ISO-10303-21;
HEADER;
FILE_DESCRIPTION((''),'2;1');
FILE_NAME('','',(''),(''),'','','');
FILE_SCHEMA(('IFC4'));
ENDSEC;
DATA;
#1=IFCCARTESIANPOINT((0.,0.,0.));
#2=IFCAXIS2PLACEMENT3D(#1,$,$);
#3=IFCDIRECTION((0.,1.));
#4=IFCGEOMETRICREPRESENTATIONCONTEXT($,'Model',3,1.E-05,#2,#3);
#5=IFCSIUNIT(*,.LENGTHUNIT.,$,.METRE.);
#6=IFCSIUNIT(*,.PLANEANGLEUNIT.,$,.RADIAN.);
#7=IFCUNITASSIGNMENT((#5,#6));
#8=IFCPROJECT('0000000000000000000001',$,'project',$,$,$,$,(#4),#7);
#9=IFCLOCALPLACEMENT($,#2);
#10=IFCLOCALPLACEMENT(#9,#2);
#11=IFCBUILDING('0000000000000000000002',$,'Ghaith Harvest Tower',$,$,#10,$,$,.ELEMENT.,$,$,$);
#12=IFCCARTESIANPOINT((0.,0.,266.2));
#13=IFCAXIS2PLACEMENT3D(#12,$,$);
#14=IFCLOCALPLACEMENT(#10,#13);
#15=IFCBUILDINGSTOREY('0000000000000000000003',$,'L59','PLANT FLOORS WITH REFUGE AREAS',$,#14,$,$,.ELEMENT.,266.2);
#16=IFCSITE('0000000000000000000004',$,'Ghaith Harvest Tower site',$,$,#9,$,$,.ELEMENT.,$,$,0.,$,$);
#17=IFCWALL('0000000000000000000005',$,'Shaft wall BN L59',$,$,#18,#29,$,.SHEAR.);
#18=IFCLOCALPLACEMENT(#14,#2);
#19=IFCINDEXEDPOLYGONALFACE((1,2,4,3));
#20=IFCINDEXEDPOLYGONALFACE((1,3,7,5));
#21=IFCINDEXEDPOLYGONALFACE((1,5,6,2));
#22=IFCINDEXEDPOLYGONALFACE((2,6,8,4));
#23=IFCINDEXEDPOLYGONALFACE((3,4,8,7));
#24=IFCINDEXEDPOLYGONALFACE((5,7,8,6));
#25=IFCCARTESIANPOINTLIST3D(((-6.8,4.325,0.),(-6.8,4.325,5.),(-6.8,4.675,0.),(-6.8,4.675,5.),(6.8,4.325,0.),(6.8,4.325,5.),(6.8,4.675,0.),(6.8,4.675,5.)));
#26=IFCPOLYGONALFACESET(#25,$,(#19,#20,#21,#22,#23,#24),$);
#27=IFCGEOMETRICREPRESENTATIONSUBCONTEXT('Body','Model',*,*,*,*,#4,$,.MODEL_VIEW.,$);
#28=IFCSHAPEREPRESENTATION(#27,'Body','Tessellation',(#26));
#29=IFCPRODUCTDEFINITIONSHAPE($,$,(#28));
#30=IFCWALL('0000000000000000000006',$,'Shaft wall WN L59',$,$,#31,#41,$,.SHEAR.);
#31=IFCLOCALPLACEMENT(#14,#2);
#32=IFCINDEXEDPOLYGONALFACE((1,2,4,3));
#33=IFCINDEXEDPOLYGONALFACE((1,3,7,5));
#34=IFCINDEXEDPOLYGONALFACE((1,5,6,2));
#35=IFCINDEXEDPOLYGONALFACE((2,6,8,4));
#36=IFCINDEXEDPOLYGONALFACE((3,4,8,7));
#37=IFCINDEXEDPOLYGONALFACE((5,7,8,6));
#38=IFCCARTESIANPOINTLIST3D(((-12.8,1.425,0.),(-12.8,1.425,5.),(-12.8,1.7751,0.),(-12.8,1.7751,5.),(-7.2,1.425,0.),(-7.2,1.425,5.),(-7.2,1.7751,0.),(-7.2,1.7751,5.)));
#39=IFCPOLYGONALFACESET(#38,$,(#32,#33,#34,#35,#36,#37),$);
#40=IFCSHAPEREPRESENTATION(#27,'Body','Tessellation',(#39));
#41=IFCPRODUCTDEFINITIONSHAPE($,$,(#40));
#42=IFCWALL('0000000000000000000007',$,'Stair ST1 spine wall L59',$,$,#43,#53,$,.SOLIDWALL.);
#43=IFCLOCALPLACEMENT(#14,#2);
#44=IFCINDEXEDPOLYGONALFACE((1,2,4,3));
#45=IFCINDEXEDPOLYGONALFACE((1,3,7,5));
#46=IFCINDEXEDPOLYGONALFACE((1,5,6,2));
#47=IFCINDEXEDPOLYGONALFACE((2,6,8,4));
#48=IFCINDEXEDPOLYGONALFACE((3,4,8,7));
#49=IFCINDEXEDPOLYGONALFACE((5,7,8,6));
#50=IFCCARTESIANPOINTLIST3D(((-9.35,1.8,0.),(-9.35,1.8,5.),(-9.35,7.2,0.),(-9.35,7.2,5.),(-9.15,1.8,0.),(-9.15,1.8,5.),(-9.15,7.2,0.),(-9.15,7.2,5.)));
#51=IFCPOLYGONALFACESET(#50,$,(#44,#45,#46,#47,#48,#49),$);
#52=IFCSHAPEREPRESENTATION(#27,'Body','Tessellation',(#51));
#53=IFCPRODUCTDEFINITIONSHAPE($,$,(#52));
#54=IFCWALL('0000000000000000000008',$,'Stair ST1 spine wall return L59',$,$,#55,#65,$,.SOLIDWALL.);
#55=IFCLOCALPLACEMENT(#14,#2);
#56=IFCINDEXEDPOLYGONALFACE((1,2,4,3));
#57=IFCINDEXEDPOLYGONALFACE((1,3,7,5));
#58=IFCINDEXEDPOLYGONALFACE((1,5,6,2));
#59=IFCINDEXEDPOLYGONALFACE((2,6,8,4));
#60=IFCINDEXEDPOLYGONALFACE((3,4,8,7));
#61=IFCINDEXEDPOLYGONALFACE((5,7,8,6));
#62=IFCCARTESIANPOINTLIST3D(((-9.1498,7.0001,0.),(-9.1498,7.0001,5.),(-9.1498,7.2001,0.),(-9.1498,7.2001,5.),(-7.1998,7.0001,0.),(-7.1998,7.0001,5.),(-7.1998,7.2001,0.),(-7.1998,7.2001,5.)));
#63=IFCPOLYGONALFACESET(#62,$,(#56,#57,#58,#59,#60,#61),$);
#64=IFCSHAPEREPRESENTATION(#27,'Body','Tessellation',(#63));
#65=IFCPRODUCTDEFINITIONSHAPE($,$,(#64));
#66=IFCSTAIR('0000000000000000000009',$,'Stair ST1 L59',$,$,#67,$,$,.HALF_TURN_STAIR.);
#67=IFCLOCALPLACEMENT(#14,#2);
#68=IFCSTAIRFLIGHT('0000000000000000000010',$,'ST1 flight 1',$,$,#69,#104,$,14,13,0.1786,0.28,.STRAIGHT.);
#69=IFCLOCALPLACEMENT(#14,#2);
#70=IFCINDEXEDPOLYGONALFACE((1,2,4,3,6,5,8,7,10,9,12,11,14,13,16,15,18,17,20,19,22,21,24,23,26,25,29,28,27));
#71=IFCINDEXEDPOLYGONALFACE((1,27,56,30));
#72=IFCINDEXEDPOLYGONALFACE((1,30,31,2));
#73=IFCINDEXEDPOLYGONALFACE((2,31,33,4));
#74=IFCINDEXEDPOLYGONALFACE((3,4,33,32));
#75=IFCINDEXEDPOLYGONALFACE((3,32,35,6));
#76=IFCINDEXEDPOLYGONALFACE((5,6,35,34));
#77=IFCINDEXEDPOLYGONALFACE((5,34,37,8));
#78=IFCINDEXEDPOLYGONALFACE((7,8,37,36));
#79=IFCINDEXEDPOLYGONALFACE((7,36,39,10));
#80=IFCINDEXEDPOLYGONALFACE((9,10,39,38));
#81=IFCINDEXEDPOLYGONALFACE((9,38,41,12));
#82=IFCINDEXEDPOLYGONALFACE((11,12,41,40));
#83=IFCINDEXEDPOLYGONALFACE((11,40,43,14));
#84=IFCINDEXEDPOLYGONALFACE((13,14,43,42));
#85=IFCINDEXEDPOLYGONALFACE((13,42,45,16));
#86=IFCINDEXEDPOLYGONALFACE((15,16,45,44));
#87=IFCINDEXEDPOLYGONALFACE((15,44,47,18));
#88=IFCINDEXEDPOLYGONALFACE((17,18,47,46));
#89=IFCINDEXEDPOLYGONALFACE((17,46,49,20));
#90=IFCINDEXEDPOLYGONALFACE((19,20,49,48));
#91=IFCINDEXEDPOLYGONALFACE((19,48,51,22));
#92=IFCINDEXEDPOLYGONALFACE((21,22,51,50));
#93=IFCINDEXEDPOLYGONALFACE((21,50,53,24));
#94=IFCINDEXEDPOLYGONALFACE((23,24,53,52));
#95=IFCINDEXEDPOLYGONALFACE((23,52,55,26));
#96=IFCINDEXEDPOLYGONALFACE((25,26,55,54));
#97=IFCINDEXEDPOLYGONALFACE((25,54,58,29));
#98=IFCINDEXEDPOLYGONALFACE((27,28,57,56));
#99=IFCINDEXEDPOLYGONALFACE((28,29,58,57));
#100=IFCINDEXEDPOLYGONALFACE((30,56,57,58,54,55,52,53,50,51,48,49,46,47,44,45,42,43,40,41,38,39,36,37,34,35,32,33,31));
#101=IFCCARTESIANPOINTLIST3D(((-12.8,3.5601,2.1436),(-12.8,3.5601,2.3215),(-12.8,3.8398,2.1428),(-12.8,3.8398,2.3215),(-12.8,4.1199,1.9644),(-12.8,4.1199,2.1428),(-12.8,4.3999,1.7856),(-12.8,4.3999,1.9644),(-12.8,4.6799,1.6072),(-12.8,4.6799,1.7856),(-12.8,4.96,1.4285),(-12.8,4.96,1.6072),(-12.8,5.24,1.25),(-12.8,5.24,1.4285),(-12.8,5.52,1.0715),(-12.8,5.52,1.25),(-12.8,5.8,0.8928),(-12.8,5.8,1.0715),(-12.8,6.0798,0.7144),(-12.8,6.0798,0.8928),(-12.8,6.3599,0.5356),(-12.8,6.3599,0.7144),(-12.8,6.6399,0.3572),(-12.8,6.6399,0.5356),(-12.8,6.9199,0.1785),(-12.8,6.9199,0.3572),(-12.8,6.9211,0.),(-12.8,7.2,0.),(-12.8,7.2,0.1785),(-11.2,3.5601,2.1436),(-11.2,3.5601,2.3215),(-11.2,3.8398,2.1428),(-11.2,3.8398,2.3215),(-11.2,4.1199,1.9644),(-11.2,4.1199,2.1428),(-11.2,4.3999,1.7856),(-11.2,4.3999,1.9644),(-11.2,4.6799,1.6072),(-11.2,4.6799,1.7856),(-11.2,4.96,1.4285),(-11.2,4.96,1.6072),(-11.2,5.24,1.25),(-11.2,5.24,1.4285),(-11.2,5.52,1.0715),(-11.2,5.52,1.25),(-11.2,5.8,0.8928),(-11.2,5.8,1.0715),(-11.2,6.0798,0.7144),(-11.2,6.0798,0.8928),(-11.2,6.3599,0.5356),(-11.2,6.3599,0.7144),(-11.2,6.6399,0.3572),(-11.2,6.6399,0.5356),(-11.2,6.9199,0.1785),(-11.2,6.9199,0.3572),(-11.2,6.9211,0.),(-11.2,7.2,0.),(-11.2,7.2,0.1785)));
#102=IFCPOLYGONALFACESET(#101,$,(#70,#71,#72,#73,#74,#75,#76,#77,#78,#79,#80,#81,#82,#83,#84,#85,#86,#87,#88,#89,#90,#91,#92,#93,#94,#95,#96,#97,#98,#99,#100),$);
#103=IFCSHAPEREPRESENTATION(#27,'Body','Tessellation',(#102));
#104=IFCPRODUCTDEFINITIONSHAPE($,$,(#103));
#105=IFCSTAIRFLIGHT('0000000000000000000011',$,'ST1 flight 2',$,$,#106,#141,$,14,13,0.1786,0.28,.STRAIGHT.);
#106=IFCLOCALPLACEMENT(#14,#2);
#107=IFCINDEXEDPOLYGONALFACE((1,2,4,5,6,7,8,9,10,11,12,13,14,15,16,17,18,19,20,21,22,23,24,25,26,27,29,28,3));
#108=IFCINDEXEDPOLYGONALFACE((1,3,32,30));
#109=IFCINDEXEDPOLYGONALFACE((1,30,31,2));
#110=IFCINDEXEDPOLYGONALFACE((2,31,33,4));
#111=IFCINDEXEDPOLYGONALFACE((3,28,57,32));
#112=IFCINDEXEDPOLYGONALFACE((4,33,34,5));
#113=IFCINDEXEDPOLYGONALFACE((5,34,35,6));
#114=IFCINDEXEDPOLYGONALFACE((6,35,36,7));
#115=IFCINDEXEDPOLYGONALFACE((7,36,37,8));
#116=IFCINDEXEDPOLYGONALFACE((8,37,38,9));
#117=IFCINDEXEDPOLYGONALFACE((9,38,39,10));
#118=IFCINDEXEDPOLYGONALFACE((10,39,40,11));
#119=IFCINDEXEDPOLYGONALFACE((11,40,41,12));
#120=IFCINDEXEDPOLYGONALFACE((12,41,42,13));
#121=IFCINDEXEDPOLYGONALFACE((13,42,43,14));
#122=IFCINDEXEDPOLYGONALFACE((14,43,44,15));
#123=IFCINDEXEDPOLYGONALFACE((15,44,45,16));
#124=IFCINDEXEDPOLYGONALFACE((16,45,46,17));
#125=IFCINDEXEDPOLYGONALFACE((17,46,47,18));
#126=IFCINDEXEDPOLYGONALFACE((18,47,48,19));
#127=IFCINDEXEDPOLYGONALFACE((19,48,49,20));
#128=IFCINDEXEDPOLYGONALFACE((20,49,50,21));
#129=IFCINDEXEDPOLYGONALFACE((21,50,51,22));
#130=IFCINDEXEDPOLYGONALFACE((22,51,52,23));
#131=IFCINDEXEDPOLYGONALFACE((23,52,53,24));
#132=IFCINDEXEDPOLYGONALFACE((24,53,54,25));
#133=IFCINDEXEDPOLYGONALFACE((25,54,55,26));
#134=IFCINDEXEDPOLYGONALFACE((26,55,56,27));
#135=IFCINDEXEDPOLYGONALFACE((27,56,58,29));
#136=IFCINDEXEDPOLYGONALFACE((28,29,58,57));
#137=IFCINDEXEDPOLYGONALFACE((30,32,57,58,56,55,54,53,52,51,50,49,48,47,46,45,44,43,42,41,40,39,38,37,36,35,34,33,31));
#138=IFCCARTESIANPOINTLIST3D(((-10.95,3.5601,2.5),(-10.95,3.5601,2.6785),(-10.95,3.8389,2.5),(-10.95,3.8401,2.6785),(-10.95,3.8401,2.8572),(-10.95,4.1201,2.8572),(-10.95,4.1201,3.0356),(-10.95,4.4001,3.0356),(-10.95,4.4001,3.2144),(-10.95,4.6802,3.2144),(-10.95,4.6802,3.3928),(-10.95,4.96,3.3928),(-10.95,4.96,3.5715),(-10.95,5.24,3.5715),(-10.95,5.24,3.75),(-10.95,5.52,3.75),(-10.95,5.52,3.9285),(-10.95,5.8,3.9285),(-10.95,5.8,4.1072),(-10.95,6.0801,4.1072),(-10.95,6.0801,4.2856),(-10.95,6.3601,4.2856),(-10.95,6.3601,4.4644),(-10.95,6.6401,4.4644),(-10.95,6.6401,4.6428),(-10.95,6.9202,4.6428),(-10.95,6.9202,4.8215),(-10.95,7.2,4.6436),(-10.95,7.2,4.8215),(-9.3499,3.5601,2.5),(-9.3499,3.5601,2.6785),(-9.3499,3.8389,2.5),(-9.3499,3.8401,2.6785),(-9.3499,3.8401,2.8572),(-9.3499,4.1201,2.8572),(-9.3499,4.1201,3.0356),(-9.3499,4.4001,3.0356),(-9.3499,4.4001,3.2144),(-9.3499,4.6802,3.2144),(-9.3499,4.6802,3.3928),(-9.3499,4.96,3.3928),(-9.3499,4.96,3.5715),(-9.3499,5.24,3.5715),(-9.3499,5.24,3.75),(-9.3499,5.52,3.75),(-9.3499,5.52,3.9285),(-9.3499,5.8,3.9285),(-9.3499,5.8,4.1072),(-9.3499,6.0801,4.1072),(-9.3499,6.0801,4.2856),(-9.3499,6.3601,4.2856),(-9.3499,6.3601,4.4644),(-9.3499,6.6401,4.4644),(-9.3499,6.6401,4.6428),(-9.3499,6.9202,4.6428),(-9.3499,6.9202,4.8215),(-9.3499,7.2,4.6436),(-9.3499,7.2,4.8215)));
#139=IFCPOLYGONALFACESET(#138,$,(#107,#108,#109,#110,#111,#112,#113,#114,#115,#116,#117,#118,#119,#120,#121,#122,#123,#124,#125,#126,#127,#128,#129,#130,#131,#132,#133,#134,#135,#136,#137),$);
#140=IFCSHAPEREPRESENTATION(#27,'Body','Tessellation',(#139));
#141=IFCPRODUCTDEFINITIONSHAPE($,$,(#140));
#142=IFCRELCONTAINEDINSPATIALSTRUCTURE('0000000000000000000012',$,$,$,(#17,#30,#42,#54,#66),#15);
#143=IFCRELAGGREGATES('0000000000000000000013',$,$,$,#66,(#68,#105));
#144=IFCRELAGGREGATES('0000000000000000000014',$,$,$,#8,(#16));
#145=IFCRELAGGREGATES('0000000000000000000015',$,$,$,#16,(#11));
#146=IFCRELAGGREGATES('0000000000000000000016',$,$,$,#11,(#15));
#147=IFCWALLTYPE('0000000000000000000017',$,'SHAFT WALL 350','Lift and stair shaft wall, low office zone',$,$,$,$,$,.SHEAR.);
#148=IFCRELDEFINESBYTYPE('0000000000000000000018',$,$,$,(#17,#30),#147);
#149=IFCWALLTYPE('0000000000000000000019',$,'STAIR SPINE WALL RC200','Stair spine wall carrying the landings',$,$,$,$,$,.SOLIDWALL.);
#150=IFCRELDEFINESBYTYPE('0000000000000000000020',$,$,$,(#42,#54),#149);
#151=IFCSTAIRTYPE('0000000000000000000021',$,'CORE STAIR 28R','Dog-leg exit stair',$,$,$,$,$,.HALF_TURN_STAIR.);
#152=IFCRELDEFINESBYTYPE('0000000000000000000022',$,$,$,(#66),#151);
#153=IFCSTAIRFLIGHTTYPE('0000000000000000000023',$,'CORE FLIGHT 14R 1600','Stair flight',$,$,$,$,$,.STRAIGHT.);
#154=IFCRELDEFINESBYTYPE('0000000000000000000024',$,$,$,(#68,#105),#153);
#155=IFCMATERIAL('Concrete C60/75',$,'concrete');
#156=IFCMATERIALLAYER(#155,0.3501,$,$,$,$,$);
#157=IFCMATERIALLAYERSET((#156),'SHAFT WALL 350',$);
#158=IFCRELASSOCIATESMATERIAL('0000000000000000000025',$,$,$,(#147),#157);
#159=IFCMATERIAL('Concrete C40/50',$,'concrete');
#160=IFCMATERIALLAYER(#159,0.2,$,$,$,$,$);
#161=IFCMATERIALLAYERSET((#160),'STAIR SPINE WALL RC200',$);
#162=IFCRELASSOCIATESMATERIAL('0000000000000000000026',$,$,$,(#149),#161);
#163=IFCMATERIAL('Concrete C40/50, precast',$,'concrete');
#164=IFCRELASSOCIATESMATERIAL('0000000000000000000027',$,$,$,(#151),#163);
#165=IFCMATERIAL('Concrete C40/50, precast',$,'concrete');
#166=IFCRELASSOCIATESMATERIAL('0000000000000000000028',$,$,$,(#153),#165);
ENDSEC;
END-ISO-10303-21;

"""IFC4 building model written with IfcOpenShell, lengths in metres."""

from ifc_helpers import new_model, si_unit, direction, frame, frame_2d, origin, place, context, subcontext, project, spatial, polyline, rectangle, outline, extrude, material, layer, layer_set, type_object, element, aggregate, save


model = new_model("IFC4")

# Units and contexts
model_context = context("Model", 3, precision=1e-05, world=origin(), true_north=direction((0.0, 1.0)))
body_context = subcontext(model_context, "Body", "Model", "MODEL_VIEW")
ifc_project = project(units=[si_unit("LENGTHUNIT", "METRE"), si_unit("PLANEANGLEUNIT", "RADIAN")], contexts=[model_context])

# Site, building, storey
site_placement = place(None, origin())
site = spatial("IfcSite", under=ifc_project, at=site_placement, Name="Ghaith Harvest Tower site", CompositionType="ELEMENT", RefElevation=0.0)
building_placement = place(site_placement, origin())
building = spatial("IfcBuilding", under=site, at=building_placement, Name="Ghaith Harvest Tower", CompositionType="ELEMENT")
storey_placement = place(building_placement, frame((0.0, 0.0, 266.2)))
storey = spatial("IfcBuildingStorey", under=building, at=storey_placement, Name="L59", Description="PLANT FLOORS WITH REFUGE AREAS", CompositionType="ELEMENT", Elevation=266.2)

# Shared definitions
ifc_material_1 = material(Name="Concrete C60/75", Category="concrete")
ifc_layer_1 = layer(ifc_material_1, 0.3501)
ifc_layer_set_1 = layer_set([ifc_layer_1], Name="SHAFT WALL 350")
wall_type_1 = type_object("IfcWallType", Name="SHAFT WALL 350", Description="Lift and stair shaft wall, low office zone", PredefinedType="SHEAR", material=ifc_layer_set_1)

# Walls
wall_1_placement = place(storey_placement, frame((-6.8, 4.5, 0.0), z_axis=(0.0, 0.0, 1.0), x_axis=(1.0, 0.0, 0.0)))
element("IfcWall", 1, at=wall_1_placement, inside=storey, type_object=wall_type_1, Name="Shaft wall BN L59", PredefinedType="SHEAR", context=body_context, shape_type="SweptSolid", body=[
    extrude(rectangle(XDim=13.6001, YDim=0.3501, at=frame_2d((6.8, 0.0))), origin(), (0.0, 0.0, 1.0), 5.0),
])
wall_2_placement = place(storey_placement, frame((-12.8, 1.6001, 0.0), z_axis=(0.0, 0.0, 1.0), x_axis=(1.0, 0.0, 0.0)))
element("IfcWall", 2, at=wall_2_placement, inside=storey, type_object=wall_type_1, Name="Shaft wall WN L59", PredefinedType="SHEAR", context=body_context, shape_type="SweptSolid", body=[
    extrude(rectangle(XDim=5.6001, YDim=0.3501, at=frame_2d((2.8, 0.0))), origin(), (0.0, 0.0, 1.0), 5.0),
])
ifc_material_2 = material(Name="Concrete C40/50", Category="concrete")
ifc_layer_2 = layer(ifc_material_2, 0.2)
ifc_layer_set_2 = layer_set([ifc_layer_2], Name="STAIR SPINE WALL RC200")
wall_type_2 = type_object("IfcWallType", Name="STAIR SPINE WALL RC200", Description="Stair spine wall carrying the landings", PredefinedType="SOLIDWALL", material=ifc_layer_set_2)
wall_3_placement = place(storey_placement, frame((-9.25, 7.2, 0.0), z_axis=(0.0, 0.0, 1.0), x_axis=(0.0, -1.0, 0.0)))
element("IfcWall", 3, at=wall_3_placement, inside=storey, type_object=wall_type_2, Name="Stair ST1 spine wall L59", PredefinedType="SOLIDWALL", context=body_context, shape_type="SweptSolid", body=[
    extrude(rectangle(XDim=5.3999, YDim=0.2, at=frame_2d((2.7, 0.0))), origin(), (0.0, 0.0, 1.0), 5.0),
])
wall_4_placement = place(storey_placement, frame((-9.1499, 7.1001, 0.0), z_axis=(0.0, 0.0, 1.0), x_axis=(1.0, 0.0, 0.0)))
element("IfcWall", 4, at=wall_4_placement, inside=storey, type_object=wall_type_2, Name="Stair ST1 spine wall return L59", PredefinedType="SOLIDWALL", context=body_context, shape_type="SweptSolid", body=[
    extrude(rectangle(XDim=1.95, YDim=0.2, at=frame_2d((0.9751, 0.0))), origin(), (0.0, 0.0, 1.0), 5.0),
])

# Stair, stair flights
ifc_material_3 = material(Name="Concrete C40/50, precast", Category="concrete")
stair_type = type_object("IfcStairType", Name="CORE STAIR 28R", Description="Dog-leg exit stair", PredefinedType="HALF_TURN_STAIR", material=ifc_material_3)
stair_placement = place(storey_placement, origin())
stair = element("IfcStair", 5, at=stair_placement, inside=storey, type_object=stair_type, Name="Stair ST1 L59", PredefinedType="HALF_TURN_STAIR")
ifc_material_4 = material(Name="Concrete C40/50, precast", Category="concrete")
stair_flight_type = type_object("IfcStairFlightType", Name="CORE FLIGHT 14R 1600", Description="Stair flight", PredefinedType="STRAIGHT", material=ifc_material_4)
stair_flight_1_placement = place(storey_placement, frame((-12.0, 7.2, 0.0), z_axis=(0.0, 0.0, 1.0), x_axis=(0.0, -1.0, 0.0)))
stair_flight_1 = element("IfcStairFlight", 6, at=stair_flight_1_placement, type_object=stair_flight_type, Name="ST1 flight 1", NumberOfRisers=14, NumberOfTreads=13, PredefinedType="STRAIGHT", RiserHeight=0.1786, TreadLength=0.28, context=body_context, shape_type="SweptSolid", body=[
    extrude(outline(polyline([(0.0, 0.0), (0.0, 0.1785), (0.28, 0.1785), (0.28, 0.3572), (0.5601, 0.3572), (0.5601, 0.5356), (0.8401, 0.5356), (0.8401, 0.7144), (1.1201, 0.7144), (1.1201, 0.8928), (1.3999, 0.8928), (1.3999, 1.0715), (1.6799, 1.0715), (1.6799, 1.25), (1.96, 1.25), (1.96, 1.4285), (2.24, 1.4285), (2.24, 1.6072), (2.52, 1.6072), (2.52, 1.7856), (2.8, 1.7856), (2.8, 1.9644), (3.0801, 1.9644), (3.0801, 2.1428), (3.3601, 2.1428), (3.3601, 2.3215), (3.6399, 2.3215), (3.6399, 2.5), (3.6399, 2.1436), (0.2788, 0.0), (0.0, 0.0)])), frame((0.0, 0.8, 0.0), z_axis=(0.0, -1.0, 0.0), x_axis=(1.0, 0.0, 0.0)), (0.0, 0.0, 1.0), 1.6001),
])
stair_flight_2_placement = place(storey_placement, frame((-10.1499, 3.5601, 2.5), z_axis=(0.0, 0.0, 1.0), x_axis=(0.0, 1.0, 0.0)))
stair_flight_2 = element("IfcStairFlight", 7, at=stair_flight_2_placement, type_object=stair_flight_type, Name="ST1 flight 2", NumberOfRisers=14, NumberOfTreads=13, PredefinedType="STRAIGHT", RiserHeight=0.1786, TreadLength=0.28, context=body_context, shape_type="SweptSolid", body=[
    extrude(outline(polyline([(0.0, 0.0), (0.0, 0.1785), (0.28, 0.1785), (0.28, 0.3572), (0.5601, 0.3572), (0.5601, 0.5356), (0.8401, 0.5356), (0.8401, 0.7144), (1.1201, 0.7144), (1.1201, 0.8928), (1.3999, 0.8928), (1.3999, 1.0715), (1.6799, 1.0715), (1.6799, 1.25), (1.96, 1.25), (1.96, 1.4285), (2.24, 1.4285), (2.24, 1.6072), (2.52, 1.6072), (2.52, 1.7856), (2.8, 1.7856), (2.8, 1.9644), (3.0801, 1.9644), (3.0801, 2.1428), (3.3601, 2.1428), (3.3601, 2.3215), (3.6399, 2.3215), (3.6399, 2.5), (3.6399, 2.1436), (0.2788, 0.0), (0.0, 0.0)])), frame((0.0, 0.8, 0.0), z_axis=(0.0, -1.0, 0.0), x_axis=(1.0, 0.0, 0.0)), (0.0, 0.0, 1.0), 1.6001),
])
aggregate(stair, [stair_flight_1, stair_flight_2])

save(model, "model.ifc")
